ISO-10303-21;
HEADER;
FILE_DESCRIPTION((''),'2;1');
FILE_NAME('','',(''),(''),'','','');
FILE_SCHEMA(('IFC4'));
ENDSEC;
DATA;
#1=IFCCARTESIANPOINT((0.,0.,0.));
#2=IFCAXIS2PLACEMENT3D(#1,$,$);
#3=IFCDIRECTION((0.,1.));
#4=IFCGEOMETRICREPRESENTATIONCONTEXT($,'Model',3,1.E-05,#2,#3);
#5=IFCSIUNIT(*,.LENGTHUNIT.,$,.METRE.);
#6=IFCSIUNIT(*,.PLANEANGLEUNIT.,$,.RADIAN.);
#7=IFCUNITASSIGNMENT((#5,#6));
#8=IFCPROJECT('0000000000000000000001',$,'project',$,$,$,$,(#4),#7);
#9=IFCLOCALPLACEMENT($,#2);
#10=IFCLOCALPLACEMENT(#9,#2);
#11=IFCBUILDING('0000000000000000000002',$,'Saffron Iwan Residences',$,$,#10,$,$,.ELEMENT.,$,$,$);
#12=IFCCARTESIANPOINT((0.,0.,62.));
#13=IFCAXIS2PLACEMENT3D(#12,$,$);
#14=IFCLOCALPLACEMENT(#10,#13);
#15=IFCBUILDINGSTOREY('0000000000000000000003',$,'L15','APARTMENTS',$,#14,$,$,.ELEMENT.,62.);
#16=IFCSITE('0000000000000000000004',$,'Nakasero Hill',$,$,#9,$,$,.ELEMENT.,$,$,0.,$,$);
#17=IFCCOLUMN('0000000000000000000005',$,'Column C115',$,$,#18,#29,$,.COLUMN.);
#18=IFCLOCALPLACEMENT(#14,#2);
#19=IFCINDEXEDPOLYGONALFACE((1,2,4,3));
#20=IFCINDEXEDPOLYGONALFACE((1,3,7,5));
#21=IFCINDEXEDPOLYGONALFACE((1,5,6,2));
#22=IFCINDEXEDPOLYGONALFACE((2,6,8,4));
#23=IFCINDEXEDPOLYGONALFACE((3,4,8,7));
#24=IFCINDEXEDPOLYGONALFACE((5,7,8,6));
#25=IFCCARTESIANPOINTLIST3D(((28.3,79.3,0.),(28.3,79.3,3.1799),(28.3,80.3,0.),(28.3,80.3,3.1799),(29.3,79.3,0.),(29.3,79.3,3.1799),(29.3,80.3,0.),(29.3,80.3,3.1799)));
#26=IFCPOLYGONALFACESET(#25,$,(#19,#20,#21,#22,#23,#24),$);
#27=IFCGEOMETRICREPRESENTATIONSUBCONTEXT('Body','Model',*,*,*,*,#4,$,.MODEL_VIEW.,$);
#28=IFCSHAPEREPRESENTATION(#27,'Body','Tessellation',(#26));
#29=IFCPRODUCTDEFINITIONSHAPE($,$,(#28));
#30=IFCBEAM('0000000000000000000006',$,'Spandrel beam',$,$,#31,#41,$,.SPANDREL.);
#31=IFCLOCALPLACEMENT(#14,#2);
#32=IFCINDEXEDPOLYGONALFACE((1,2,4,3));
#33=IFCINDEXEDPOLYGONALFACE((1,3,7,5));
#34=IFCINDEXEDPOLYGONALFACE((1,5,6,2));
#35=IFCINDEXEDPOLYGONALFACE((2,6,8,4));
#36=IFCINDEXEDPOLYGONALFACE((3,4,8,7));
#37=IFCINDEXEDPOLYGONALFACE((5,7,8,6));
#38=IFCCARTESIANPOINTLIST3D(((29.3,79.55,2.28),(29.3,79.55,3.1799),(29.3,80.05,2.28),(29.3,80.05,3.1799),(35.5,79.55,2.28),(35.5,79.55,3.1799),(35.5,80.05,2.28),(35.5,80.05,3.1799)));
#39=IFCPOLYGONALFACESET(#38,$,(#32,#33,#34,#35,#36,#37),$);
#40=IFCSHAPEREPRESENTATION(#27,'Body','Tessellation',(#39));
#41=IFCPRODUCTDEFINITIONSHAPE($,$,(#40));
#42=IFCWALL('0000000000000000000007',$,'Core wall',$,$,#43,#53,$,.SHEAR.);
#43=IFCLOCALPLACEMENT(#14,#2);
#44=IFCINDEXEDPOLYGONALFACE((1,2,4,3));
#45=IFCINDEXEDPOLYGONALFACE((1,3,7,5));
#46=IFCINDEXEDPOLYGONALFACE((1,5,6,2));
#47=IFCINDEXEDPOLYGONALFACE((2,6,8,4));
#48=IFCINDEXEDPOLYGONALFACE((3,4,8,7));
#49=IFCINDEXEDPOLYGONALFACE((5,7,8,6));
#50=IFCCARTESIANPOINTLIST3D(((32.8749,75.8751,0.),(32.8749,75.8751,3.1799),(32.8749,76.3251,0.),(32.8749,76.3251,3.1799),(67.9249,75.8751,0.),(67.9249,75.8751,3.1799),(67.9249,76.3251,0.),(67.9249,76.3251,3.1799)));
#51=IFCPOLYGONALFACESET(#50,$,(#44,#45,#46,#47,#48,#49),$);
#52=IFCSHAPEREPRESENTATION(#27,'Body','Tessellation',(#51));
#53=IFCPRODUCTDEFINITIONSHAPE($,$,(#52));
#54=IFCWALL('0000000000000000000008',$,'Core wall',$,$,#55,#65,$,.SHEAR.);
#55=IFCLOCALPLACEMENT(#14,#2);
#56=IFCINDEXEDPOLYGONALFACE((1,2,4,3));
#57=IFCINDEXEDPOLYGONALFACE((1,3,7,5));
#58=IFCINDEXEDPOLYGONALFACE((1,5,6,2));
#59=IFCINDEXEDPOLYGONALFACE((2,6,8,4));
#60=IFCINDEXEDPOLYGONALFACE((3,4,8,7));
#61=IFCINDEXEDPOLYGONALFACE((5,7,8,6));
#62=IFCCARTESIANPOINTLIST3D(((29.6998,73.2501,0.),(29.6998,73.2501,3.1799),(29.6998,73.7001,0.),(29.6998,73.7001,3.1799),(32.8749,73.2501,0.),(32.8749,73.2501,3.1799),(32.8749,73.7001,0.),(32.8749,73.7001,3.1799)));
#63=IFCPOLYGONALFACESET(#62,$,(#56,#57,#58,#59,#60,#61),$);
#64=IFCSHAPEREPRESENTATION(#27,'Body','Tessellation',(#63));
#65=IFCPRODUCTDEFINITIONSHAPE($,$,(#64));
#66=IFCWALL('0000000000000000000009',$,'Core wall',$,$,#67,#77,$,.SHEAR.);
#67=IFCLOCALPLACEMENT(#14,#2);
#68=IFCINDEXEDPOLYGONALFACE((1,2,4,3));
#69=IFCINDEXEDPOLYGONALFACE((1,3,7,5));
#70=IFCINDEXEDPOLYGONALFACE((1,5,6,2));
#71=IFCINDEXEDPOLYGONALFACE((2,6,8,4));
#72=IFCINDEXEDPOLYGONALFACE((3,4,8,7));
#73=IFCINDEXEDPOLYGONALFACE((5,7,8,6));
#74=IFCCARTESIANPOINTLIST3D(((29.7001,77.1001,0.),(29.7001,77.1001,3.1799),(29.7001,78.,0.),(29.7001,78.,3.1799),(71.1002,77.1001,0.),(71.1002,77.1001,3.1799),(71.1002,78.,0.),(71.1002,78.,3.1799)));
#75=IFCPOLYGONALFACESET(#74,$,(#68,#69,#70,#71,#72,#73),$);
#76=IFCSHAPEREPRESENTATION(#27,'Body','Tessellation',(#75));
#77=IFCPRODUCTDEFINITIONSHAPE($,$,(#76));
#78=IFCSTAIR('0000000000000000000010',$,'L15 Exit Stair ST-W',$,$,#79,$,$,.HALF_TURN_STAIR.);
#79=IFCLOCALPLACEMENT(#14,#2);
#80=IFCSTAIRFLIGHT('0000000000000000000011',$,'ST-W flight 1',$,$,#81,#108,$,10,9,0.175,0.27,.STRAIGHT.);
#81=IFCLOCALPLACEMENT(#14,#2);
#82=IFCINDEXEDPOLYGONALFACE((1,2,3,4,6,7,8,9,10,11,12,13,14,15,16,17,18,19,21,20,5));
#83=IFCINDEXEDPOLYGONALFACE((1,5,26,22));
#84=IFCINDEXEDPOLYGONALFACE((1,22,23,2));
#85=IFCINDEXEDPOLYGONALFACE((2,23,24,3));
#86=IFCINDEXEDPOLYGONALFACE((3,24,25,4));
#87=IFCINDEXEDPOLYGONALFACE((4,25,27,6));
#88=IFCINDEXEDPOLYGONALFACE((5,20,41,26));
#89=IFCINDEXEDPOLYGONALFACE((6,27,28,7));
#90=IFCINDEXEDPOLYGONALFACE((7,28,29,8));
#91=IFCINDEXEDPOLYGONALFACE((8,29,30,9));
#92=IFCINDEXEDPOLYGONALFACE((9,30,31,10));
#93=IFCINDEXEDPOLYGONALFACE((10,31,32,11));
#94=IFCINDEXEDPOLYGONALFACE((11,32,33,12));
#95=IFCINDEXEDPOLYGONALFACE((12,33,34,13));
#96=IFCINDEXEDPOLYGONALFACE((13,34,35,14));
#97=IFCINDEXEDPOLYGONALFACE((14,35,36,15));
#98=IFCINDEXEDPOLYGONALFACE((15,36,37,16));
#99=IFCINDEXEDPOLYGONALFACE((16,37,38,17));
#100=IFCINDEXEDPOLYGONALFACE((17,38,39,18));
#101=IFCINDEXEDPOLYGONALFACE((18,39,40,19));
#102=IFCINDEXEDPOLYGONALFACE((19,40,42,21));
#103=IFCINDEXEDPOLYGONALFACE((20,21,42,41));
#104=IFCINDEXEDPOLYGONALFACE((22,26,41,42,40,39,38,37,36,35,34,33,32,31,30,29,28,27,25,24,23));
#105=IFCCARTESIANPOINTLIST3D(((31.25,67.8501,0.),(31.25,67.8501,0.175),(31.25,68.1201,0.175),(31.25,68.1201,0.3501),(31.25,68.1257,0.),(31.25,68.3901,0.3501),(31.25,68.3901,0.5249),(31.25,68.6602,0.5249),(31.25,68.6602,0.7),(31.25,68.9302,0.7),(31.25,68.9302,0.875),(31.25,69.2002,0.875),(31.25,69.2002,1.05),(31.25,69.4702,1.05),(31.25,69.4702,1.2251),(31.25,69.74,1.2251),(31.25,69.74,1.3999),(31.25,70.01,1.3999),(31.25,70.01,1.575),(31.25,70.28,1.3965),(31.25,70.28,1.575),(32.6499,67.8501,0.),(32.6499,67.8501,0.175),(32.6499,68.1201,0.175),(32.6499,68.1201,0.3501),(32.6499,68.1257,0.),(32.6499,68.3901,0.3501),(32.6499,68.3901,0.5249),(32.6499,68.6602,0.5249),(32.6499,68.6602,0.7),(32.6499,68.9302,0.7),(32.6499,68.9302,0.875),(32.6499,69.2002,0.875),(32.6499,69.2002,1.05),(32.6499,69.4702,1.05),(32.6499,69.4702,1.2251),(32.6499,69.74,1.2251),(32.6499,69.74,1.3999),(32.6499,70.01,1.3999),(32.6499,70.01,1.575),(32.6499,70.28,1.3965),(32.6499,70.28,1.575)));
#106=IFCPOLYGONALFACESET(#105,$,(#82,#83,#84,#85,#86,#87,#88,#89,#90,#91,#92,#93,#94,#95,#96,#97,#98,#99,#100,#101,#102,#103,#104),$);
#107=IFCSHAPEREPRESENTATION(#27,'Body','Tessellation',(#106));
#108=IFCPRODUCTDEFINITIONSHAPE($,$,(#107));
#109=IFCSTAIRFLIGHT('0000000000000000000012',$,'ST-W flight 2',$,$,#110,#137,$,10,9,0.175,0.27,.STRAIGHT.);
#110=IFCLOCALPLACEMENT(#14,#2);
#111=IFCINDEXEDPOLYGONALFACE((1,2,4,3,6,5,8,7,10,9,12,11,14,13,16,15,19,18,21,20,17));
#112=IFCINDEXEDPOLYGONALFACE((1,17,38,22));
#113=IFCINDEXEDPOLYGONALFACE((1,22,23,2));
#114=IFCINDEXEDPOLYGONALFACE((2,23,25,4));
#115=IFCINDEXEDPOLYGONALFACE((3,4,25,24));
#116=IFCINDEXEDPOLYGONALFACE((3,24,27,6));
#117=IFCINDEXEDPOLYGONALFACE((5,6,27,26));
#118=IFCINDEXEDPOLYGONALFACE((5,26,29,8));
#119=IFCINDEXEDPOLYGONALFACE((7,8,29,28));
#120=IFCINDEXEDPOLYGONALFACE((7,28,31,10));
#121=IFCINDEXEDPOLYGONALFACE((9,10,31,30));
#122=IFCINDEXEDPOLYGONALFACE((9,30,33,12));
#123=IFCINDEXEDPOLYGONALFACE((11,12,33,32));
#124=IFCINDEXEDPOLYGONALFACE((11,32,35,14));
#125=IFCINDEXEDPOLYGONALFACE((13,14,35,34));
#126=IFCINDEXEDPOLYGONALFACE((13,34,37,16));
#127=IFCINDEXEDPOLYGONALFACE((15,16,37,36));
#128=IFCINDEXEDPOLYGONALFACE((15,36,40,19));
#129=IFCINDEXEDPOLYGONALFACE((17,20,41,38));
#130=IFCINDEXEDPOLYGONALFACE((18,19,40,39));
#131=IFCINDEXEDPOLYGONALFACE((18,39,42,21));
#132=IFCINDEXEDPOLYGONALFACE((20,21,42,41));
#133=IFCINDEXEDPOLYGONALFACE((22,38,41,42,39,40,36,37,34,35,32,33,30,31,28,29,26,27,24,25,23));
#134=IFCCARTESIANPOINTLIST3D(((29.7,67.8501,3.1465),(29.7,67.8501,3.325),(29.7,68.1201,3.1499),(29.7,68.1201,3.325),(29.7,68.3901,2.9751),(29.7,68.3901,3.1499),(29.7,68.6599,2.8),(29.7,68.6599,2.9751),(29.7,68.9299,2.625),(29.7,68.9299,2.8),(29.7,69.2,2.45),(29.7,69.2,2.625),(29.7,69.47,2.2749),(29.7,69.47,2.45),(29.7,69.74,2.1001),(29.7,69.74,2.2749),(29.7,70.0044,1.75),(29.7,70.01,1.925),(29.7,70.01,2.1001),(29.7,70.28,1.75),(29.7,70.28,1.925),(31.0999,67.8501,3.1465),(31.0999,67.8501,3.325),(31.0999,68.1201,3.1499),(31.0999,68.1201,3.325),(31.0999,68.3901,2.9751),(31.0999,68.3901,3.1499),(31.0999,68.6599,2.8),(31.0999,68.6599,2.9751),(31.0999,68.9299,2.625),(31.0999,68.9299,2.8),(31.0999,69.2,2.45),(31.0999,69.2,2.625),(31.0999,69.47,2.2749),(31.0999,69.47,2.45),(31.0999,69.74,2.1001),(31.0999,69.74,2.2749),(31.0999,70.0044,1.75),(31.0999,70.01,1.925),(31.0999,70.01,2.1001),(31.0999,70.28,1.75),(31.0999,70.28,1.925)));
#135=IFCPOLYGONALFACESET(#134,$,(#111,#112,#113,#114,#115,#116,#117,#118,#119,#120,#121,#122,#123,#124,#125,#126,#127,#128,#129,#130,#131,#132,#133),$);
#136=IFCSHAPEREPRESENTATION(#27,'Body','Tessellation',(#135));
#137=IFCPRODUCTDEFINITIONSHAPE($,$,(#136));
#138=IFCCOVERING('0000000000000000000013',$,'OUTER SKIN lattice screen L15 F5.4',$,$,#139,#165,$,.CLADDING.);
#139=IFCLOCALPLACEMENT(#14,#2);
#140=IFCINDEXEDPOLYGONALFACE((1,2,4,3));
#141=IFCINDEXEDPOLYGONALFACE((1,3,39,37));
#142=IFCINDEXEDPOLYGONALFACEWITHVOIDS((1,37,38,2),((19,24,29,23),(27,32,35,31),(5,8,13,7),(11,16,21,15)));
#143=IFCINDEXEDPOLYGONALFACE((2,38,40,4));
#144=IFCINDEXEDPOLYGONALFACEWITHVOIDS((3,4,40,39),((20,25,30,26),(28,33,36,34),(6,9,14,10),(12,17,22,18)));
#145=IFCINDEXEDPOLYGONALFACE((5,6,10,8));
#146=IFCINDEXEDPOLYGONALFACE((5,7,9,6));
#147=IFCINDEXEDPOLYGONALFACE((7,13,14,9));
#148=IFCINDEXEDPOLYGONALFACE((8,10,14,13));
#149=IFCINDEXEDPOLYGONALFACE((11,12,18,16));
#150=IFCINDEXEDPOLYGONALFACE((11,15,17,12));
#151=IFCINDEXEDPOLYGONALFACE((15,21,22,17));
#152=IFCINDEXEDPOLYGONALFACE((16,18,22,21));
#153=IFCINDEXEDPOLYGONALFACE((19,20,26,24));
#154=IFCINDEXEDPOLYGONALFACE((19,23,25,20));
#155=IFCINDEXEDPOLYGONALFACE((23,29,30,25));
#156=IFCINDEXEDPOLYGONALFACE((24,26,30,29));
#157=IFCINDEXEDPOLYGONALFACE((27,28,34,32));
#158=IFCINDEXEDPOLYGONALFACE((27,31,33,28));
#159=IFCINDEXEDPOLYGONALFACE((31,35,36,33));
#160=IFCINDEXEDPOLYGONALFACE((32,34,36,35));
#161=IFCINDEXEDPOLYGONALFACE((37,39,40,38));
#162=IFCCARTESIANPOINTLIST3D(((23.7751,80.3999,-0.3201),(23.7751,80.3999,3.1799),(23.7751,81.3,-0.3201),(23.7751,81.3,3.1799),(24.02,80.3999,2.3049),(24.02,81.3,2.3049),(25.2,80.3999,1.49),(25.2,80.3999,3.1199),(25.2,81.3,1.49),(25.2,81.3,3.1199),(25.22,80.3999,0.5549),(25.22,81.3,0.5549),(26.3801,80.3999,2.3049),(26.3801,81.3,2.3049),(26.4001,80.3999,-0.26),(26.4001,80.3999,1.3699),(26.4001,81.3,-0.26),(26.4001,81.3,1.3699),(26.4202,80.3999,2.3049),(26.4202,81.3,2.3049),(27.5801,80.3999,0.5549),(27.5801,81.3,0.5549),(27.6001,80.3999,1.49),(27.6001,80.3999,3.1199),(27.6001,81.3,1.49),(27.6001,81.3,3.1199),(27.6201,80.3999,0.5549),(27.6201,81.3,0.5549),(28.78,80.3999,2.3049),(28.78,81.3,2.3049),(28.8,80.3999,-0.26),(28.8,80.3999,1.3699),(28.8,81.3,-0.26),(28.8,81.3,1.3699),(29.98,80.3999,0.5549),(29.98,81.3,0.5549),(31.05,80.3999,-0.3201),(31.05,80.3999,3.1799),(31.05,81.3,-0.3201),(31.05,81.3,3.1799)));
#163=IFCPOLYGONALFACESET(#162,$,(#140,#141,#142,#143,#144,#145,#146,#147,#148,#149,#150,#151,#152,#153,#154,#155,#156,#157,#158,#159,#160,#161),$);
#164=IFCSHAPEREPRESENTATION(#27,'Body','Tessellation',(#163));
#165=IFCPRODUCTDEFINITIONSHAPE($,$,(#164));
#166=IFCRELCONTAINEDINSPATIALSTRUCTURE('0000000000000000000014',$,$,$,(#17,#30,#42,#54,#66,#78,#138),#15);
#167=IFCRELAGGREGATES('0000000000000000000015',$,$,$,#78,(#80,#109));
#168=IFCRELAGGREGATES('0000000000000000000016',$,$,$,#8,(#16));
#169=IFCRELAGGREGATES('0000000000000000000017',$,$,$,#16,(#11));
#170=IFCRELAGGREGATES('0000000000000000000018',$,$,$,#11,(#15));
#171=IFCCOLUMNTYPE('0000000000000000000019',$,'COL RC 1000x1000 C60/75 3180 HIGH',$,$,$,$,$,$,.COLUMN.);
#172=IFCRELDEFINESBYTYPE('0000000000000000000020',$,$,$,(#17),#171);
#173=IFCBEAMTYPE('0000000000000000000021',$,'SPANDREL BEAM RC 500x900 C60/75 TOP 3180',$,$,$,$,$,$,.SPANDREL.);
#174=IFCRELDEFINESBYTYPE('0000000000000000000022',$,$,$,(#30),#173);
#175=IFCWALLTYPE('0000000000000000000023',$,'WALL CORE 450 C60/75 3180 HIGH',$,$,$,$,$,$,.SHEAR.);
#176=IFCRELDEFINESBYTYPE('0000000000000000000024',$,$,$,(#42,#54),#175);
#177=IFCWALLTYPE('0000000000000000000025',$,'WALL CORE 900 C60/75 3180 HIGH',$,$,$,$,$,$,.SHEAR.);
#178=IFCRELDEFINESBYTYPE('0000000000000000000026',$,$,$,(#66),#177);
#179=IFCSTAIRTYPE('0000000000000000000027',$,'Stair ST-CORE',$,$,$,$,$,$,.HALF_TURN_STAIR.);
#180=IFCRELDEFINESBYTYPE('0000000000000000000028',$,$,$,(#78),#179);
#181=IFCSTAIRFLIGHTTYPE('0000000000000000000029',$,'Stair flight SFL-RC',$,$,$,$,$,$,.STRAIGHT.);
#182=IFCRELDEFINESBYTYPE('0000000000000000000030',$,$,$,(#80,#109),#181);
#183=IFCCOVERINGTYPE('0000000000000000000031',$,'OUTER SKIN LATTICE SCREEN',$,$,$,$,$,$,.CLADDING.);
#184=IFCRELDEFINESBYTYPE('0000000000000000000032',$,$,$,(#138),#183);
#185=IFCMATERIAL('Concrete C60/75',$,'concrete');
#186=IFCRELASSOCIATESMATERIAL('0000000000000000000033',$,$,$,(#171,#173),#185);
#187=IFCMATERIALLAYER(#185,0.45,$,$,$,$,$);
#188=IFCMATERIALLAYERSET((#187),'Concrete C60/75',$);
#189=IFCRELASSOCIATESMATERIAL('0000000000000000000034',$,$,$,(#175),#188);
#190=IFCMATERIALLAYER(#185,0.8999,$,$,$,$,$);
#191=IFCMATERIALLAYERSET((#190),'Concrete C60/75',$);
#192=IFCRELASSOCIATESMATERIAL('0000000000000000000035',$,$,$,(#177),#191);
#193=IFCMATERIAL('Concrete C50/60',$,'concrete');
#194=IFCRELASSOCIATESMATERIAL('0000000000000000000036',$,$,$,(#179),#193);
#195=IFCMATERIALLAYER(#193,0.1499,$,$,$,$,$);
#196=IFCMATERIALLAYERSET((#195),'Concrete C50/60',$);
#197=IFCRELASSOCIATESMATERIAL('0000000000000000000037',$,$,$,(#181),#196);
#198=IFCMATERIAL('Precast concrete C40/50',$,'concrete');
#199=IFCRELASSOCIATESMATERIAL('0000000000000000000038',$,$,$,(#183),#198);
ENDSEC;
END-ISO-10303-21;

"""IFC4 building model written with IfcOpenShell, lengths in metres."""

from ifc_helpers import new_model, si_unit, direction, frame, frame_2d, origin, origin_2d, place, context, subcontext, project, spatial, polyline, rectangle, outline, extrude, source, transform, mapped, material, layer, layer_set, material_profile, profile_set, type_object, element, aggregate, save


model = new_model("IFC4")

# Units and contexts
model_context = context("Model", 3, precision=1e-05, world=origin(), true_north=direction((0.0, 1.0)))
body_context = subcontext(model_context, "Body", "Model", "MODEL_VIEW")
ifc_project = project(units=[si_unit("LENGTHUNIT", "METRE"), si_unit("PLANEANGLEUNIT", "RADIAN")], contexts=[model_context])

# Site, building, storey
site_placement = place(None, origin())
site = spatial("IfcSite", under=ifc_project, at=site_placement, Name="Nakasero Hill", CompositionType="ELEMENT", RefElevation=0.0)
building_placement = place(site_placement, origin())
building = spatial("IfcBuilding", under=site, at=building_placement, Name="Saffron Iwan Residences", CompositionType="ELEMENT")
storey_placement = place(building_placement, frame((0.0, 0.0, 62.0)))
storey = spatial("IfcBuildingStorey", under=building, at=storey_placement, Name="L15", Description="APARTMENTS", CompositionType="ELEMENT", Elevation=62.0)

# Column
ifc_material_1 = material(Name="Concrete C60/75", Category="concrete")
ifc_material_profile_1 = material_profile(ifc_material_1, rectangle(XDim=1.0, YDim=1.0, at=origin_2d()), Name="RC 1000x1000")
ifc_profile_set_1 = profile_set([ifc_material_profile_1], Name="Concrete C60/75")
column_type = type_object("IfcColumnType", Name="COL RC 1000x1000 C60/75 3180 HIGH", PredefinedType="COLUMN", material=ifc_profile_set_1)
shared_shape_1 = source(origin(), body_context, "Body", "SweptSolid", [
    extrude(rectangle(XDim=1.0, YDim=1.0, at=origin_2d()), origin(), (0.0, 0.0, 1.0), 3.1799),
])
column_placement = place(storey_placement, frame((28.8, 79.8, 0.0), z_axis=(0.0, 0.0, 1.0), x_axis=(1.0, 0.0, 0.0)))
element("IfcColumn", 1, at=column_placement, inside=storey, type_object=column_type, Name="Column C115", PredefinedType="COLUMN", context=body_context, shape_type="MappedRepresentation", body=[
    mapped(shared_shape_1, transform((0.0, 0.0, 0.0))),
])

# Beam
ifc_material_profile_2 = material_profile(ifc_material_1, rectangle(XDim=0.5, YDim=0.8999, at=origin_2d()), Name="RC 500x900")
ifc_profile_set_2 = profile_set([ifc_material_profile_2], Name="Concrete C60/75")
beam_type = type_object("IfcBeamType", Name="SPANDREL BEAM RC 500x900 C60/75 TOP 3180", PredefinedType="SPANDREL", material=ifc_profile_set_2)
shared_shape_2 = source(origin(), body_context, "Body", "SweptSolid", [
    extrude(rectangle(XDim=0.5, YDim=0.8999, at=origin_2d()), origin(), (0.0, 0.0, 1.0), 6.2),
])
beam_placement = place(storey_placement, frame((29.3, 79.8, 2.73), z_axis=(1.0, 0.0, 0.0), x_axis=(0.0, 1.0, 0.0)))
element("IfcBeam", 2, at=beam_placement, inside=storey, type_object=beam_type, Name="Spandrel beam", PredefinedType="SPANDREL", context=body_context, shape_type="MappedRepresentation", body=[
    mapped(shared_shape_2, transform((0.0, 0.0, 0.0))),
])

# Shared definitions
ifc_layer_1 = layer(ifc_material_1, 0.45)
ifc_layer_set_1 = layer_set([ifc_layer_1], Name="Concrete C60/75")
wall_type_1 = type_object("IfcWallType", Name="WALL CORE 450 C60/75 3180 HIGH", PredefinedType="SHEAR", material=ifc_layer_set_1)

# Walls
wall_1_placement = place(storey_placement, frame((32.875, 76.1001, 0.0), z_axis=(0.0, 0.0, 1.0), x_axis=(1.0, 0.0, 0.0)))
element("IfcWall", 3, at=wall_1_placement, inside=storey, type_object=wall_type_1, Name="Core wall", PredefinedType="SHEAR", context=body_context, shape_type="SweptSolid", body=[
    extrude(rectangle(XDim=35.05, YDim=0.45, at=frame_2d((17.5249, 0.0))), origin(), (0.0, 0.0, 1.0), 3.1799),
])
wall_2_placement = place(storey_placement, frame((29.7, 73.4751, 0.0), z_axis=(0.0, 0.0, 1.0), x_axis=(1.0, 0.0, 0.0)))
element("IfcWall", 4, at=wall_2_placement, inside=storey, type_object=wall_type_1, Name="Core wall", PredefinedType="SHEAR", context=body_context, shape_type="SweptSolid", body=[
    extrude(rectangle(XDim=3.175, YDim=0.45, at=frame_2d((1.5874, 0.0))), origin(), (0.0, 0.0, 1.0), 3.1799),
])
ifc_layer_2 = layer(ifc_material_1, 0.8999)
ifc_layer_set_2 = layer_set([ifc_layer_2], Name="Concrete C60/75")
wall_type_2 = type_object("IfcWallType", Name="WALL CORE 900 C60/75 3180 HIGH", PredefinedType="SHEAR", material=ifc_layer_set_2)
wall_3_placement = place(storey_placement, frame((29.7, 77.55, 0.0), z_axis=(0.0, 0.0, 1.0), x_axis=(1.0, 0.0, 0.0)))
element("IfcWall", 5, at=wall_3_placement, inside=storey, type_object=wall_type_2, Name="Core wall", PredefinedType="SHEAR", context=body_context, shape_type="SweptSolid", body=[
    extrude(rectangle(XDim=41.4001, YDim=0.8999, at=frame_2d((20.7002, 0.0))), origin(), (0.0, 0.0, 1.0), 3.1799),
])

# Stair, stair flights
ifc_material_2 = material(Name="Concrete C50/60", Category="concrete")
stair_type = type_object("IfcStairType", Name="Stair ST-CORE", PredefinedType="HALF_TURN_STAIR", material=ifc_material_2)
stair_placement = place(storey_placement, origin())
stair = element("IfcStair", 6, at=stair_placement, inside=storey, type_object=stair_type, Name="L15 Exit Stair ST-W", PredefinedType="HALF_TURN_STAIR")
ifc_layer_3 = layer(ifc_material_2, 0.1499)
ifc_layer_set_3 = layer_set([ifc_layer_3], Name="Concrete C50/60")
stair_flight_type = type_object("IfcStairFlightType", Name="Stair flight SFL-RC", PredefinedType="STRAIGHT", material=ifc_layer_set_3)
stair_flight_1_placement = place(storey_placement, frame((31.95, 67.8501, 0.0), z_axis=(0.0, 0.0, 1.0), x_axis=(0.0, 1.0, 0.0)))
stair_flight_1 = element("IfcStairFlight", 7, at=stair_flight_1_placement, type_object=stair_flight_type, Name="ST-W flight 1", NumberOfRisers=10, NumberOfTreads=9, PredefinedType="STRAIGHT", RiserHeight=0.175, TreadLength=0.27, context=body_context, shape_type="SweptSolid", body=[
    extrude(outline(polyline([(0.0, 0.0), (0.0, 0.175), (0.27, 0.175), (0.27, 0.3501), (0.54, 0.3501), (0.54, 0.5249), (0.8101, 0.5249), (0.8101, 0.7), (1.0801, 0.7), (1.0801, 0.875), (1.3501, 0.875), (1.3501, 1.05), (1.6201, 1.05), (1.6201, 1.2251), (1.8899, 1.2251), (1.8899, 1.3999), (2.1599, 1.3999), (2.1599, 1.575), (2.4299, 1.575), (2.4299, 1.75), (2.4299, 1.3965), (0.2756, 0.0), (0.0, 0.0)])), frame((0.0, 0.7, 0.0), z_axis=(0.0, -1.0, 0.0), x_axis=(1.0, 0.0, 0.0)), (0.0, 0.0, 1.0), 1.3999),
])
stair_flight_2_placement = place(storey_placement, frame((30.3999, 70.28, 1.75), z_axis=(0.0, 0.0, 1.0), x_axis=(0.0, -1.0, 0.0)))
stair_flight_2 = element("IfcStairFlight", 8, at=stair_flight_2_placement, type_object=stair_flight_type, Name="ST-W flight 2", NumberOfRisers=10, NumberOfTreads=9, PredefinedType="STRAIGHT", RiserHeight=0.175, TreadLength=0.27, context=body_context, shape_type="SweptSolid", body=[
    extrude(outline(polyline([(0.0, 0.0), (0.0, 0.175), (0.27, 0.175), (0.27, 0.3501), (0.54, 0.3501), (0.54, 0.5249), (0.8101, 0.5249), (0.8101, 0.7), (1.0801, 0.7), (1.0801, 0.875), (1.3501, 0.875), (1.3501, 1.05), (1.6201, 1.05), (1.6201, 1.2251), (1.8899, 1.2251), (1.8899, 1.3999), (2.1599, 1.3999), (2.1599, 1.575), (2.4299, 1.575), (2.4299, 1.75), (2.4299, 1.3965), (0.2756, 0.0), (0.0, 0.0)])), frame((0.0, 0.7, 0.0), z_axis=(0.0, -1.0, 0.0), x_axis=(1.0, 0.0, 0.0)), (0.0, 0.0, 1.0), 1.3999),
])
aggregate(stair, [stair_flight_1, stair_flight_2])

# Covering
ifc_material_3 = material(Name="Precast concrete C40/50", Category="concrete")
covering_type_1 = type_object("IfcCoveringType", Name="OUTER SKIN LATTICE SCREEN", PredefinedType="CLADDING", material=ifc_material_3)
covering_1_placement = place(storey_placement, frame((31.05, 80.3999, -0.3201), z_axis=(0.0, 1.0, 0.0), x_axis=(-1.0, 0.0, 0.0)))
element("IfcCovering", 9, at=covering_1_placement, inside=storey, type_object=covering_type_1, Name="OUTER SKIN lattice screen L15 F5.4", PredefinedType="CLADDING", context=body_context, shape_type="SweptSolid", body=[
    extrude(outline(polyline([(0.0, 0.0), (7.2749, 0.0), (7.2749, 3.5), (0.0, 3.5), (0.0, 0.0)]), holes=[polyline([(1.0701, 0.875), (2.25, 0.0601), (3.4299, 0.875), (2.25, 1.6899), (1.0701, 0.875)]), polyline([(3.47, 0.875), (4.6499, 0.0601), (5.8301, 0.875), (4.6499, 1.6899), (3.47, 0.875)]), polyline([(2.27, 2.625), (3.45, 1.8101), (4.6299, 2.625), (3.45, 3.4399), (2.27, 2.625)]), polyline([(4.6699, 2.625), (5.8501, 1.8101), (7.03, 2.625), (5.8501, 3.4399), (4.6699, 2.625)])]), origin(), (0.0, 0.0, 1.0), 0.9001),
])

save(model, "model.ifc")
